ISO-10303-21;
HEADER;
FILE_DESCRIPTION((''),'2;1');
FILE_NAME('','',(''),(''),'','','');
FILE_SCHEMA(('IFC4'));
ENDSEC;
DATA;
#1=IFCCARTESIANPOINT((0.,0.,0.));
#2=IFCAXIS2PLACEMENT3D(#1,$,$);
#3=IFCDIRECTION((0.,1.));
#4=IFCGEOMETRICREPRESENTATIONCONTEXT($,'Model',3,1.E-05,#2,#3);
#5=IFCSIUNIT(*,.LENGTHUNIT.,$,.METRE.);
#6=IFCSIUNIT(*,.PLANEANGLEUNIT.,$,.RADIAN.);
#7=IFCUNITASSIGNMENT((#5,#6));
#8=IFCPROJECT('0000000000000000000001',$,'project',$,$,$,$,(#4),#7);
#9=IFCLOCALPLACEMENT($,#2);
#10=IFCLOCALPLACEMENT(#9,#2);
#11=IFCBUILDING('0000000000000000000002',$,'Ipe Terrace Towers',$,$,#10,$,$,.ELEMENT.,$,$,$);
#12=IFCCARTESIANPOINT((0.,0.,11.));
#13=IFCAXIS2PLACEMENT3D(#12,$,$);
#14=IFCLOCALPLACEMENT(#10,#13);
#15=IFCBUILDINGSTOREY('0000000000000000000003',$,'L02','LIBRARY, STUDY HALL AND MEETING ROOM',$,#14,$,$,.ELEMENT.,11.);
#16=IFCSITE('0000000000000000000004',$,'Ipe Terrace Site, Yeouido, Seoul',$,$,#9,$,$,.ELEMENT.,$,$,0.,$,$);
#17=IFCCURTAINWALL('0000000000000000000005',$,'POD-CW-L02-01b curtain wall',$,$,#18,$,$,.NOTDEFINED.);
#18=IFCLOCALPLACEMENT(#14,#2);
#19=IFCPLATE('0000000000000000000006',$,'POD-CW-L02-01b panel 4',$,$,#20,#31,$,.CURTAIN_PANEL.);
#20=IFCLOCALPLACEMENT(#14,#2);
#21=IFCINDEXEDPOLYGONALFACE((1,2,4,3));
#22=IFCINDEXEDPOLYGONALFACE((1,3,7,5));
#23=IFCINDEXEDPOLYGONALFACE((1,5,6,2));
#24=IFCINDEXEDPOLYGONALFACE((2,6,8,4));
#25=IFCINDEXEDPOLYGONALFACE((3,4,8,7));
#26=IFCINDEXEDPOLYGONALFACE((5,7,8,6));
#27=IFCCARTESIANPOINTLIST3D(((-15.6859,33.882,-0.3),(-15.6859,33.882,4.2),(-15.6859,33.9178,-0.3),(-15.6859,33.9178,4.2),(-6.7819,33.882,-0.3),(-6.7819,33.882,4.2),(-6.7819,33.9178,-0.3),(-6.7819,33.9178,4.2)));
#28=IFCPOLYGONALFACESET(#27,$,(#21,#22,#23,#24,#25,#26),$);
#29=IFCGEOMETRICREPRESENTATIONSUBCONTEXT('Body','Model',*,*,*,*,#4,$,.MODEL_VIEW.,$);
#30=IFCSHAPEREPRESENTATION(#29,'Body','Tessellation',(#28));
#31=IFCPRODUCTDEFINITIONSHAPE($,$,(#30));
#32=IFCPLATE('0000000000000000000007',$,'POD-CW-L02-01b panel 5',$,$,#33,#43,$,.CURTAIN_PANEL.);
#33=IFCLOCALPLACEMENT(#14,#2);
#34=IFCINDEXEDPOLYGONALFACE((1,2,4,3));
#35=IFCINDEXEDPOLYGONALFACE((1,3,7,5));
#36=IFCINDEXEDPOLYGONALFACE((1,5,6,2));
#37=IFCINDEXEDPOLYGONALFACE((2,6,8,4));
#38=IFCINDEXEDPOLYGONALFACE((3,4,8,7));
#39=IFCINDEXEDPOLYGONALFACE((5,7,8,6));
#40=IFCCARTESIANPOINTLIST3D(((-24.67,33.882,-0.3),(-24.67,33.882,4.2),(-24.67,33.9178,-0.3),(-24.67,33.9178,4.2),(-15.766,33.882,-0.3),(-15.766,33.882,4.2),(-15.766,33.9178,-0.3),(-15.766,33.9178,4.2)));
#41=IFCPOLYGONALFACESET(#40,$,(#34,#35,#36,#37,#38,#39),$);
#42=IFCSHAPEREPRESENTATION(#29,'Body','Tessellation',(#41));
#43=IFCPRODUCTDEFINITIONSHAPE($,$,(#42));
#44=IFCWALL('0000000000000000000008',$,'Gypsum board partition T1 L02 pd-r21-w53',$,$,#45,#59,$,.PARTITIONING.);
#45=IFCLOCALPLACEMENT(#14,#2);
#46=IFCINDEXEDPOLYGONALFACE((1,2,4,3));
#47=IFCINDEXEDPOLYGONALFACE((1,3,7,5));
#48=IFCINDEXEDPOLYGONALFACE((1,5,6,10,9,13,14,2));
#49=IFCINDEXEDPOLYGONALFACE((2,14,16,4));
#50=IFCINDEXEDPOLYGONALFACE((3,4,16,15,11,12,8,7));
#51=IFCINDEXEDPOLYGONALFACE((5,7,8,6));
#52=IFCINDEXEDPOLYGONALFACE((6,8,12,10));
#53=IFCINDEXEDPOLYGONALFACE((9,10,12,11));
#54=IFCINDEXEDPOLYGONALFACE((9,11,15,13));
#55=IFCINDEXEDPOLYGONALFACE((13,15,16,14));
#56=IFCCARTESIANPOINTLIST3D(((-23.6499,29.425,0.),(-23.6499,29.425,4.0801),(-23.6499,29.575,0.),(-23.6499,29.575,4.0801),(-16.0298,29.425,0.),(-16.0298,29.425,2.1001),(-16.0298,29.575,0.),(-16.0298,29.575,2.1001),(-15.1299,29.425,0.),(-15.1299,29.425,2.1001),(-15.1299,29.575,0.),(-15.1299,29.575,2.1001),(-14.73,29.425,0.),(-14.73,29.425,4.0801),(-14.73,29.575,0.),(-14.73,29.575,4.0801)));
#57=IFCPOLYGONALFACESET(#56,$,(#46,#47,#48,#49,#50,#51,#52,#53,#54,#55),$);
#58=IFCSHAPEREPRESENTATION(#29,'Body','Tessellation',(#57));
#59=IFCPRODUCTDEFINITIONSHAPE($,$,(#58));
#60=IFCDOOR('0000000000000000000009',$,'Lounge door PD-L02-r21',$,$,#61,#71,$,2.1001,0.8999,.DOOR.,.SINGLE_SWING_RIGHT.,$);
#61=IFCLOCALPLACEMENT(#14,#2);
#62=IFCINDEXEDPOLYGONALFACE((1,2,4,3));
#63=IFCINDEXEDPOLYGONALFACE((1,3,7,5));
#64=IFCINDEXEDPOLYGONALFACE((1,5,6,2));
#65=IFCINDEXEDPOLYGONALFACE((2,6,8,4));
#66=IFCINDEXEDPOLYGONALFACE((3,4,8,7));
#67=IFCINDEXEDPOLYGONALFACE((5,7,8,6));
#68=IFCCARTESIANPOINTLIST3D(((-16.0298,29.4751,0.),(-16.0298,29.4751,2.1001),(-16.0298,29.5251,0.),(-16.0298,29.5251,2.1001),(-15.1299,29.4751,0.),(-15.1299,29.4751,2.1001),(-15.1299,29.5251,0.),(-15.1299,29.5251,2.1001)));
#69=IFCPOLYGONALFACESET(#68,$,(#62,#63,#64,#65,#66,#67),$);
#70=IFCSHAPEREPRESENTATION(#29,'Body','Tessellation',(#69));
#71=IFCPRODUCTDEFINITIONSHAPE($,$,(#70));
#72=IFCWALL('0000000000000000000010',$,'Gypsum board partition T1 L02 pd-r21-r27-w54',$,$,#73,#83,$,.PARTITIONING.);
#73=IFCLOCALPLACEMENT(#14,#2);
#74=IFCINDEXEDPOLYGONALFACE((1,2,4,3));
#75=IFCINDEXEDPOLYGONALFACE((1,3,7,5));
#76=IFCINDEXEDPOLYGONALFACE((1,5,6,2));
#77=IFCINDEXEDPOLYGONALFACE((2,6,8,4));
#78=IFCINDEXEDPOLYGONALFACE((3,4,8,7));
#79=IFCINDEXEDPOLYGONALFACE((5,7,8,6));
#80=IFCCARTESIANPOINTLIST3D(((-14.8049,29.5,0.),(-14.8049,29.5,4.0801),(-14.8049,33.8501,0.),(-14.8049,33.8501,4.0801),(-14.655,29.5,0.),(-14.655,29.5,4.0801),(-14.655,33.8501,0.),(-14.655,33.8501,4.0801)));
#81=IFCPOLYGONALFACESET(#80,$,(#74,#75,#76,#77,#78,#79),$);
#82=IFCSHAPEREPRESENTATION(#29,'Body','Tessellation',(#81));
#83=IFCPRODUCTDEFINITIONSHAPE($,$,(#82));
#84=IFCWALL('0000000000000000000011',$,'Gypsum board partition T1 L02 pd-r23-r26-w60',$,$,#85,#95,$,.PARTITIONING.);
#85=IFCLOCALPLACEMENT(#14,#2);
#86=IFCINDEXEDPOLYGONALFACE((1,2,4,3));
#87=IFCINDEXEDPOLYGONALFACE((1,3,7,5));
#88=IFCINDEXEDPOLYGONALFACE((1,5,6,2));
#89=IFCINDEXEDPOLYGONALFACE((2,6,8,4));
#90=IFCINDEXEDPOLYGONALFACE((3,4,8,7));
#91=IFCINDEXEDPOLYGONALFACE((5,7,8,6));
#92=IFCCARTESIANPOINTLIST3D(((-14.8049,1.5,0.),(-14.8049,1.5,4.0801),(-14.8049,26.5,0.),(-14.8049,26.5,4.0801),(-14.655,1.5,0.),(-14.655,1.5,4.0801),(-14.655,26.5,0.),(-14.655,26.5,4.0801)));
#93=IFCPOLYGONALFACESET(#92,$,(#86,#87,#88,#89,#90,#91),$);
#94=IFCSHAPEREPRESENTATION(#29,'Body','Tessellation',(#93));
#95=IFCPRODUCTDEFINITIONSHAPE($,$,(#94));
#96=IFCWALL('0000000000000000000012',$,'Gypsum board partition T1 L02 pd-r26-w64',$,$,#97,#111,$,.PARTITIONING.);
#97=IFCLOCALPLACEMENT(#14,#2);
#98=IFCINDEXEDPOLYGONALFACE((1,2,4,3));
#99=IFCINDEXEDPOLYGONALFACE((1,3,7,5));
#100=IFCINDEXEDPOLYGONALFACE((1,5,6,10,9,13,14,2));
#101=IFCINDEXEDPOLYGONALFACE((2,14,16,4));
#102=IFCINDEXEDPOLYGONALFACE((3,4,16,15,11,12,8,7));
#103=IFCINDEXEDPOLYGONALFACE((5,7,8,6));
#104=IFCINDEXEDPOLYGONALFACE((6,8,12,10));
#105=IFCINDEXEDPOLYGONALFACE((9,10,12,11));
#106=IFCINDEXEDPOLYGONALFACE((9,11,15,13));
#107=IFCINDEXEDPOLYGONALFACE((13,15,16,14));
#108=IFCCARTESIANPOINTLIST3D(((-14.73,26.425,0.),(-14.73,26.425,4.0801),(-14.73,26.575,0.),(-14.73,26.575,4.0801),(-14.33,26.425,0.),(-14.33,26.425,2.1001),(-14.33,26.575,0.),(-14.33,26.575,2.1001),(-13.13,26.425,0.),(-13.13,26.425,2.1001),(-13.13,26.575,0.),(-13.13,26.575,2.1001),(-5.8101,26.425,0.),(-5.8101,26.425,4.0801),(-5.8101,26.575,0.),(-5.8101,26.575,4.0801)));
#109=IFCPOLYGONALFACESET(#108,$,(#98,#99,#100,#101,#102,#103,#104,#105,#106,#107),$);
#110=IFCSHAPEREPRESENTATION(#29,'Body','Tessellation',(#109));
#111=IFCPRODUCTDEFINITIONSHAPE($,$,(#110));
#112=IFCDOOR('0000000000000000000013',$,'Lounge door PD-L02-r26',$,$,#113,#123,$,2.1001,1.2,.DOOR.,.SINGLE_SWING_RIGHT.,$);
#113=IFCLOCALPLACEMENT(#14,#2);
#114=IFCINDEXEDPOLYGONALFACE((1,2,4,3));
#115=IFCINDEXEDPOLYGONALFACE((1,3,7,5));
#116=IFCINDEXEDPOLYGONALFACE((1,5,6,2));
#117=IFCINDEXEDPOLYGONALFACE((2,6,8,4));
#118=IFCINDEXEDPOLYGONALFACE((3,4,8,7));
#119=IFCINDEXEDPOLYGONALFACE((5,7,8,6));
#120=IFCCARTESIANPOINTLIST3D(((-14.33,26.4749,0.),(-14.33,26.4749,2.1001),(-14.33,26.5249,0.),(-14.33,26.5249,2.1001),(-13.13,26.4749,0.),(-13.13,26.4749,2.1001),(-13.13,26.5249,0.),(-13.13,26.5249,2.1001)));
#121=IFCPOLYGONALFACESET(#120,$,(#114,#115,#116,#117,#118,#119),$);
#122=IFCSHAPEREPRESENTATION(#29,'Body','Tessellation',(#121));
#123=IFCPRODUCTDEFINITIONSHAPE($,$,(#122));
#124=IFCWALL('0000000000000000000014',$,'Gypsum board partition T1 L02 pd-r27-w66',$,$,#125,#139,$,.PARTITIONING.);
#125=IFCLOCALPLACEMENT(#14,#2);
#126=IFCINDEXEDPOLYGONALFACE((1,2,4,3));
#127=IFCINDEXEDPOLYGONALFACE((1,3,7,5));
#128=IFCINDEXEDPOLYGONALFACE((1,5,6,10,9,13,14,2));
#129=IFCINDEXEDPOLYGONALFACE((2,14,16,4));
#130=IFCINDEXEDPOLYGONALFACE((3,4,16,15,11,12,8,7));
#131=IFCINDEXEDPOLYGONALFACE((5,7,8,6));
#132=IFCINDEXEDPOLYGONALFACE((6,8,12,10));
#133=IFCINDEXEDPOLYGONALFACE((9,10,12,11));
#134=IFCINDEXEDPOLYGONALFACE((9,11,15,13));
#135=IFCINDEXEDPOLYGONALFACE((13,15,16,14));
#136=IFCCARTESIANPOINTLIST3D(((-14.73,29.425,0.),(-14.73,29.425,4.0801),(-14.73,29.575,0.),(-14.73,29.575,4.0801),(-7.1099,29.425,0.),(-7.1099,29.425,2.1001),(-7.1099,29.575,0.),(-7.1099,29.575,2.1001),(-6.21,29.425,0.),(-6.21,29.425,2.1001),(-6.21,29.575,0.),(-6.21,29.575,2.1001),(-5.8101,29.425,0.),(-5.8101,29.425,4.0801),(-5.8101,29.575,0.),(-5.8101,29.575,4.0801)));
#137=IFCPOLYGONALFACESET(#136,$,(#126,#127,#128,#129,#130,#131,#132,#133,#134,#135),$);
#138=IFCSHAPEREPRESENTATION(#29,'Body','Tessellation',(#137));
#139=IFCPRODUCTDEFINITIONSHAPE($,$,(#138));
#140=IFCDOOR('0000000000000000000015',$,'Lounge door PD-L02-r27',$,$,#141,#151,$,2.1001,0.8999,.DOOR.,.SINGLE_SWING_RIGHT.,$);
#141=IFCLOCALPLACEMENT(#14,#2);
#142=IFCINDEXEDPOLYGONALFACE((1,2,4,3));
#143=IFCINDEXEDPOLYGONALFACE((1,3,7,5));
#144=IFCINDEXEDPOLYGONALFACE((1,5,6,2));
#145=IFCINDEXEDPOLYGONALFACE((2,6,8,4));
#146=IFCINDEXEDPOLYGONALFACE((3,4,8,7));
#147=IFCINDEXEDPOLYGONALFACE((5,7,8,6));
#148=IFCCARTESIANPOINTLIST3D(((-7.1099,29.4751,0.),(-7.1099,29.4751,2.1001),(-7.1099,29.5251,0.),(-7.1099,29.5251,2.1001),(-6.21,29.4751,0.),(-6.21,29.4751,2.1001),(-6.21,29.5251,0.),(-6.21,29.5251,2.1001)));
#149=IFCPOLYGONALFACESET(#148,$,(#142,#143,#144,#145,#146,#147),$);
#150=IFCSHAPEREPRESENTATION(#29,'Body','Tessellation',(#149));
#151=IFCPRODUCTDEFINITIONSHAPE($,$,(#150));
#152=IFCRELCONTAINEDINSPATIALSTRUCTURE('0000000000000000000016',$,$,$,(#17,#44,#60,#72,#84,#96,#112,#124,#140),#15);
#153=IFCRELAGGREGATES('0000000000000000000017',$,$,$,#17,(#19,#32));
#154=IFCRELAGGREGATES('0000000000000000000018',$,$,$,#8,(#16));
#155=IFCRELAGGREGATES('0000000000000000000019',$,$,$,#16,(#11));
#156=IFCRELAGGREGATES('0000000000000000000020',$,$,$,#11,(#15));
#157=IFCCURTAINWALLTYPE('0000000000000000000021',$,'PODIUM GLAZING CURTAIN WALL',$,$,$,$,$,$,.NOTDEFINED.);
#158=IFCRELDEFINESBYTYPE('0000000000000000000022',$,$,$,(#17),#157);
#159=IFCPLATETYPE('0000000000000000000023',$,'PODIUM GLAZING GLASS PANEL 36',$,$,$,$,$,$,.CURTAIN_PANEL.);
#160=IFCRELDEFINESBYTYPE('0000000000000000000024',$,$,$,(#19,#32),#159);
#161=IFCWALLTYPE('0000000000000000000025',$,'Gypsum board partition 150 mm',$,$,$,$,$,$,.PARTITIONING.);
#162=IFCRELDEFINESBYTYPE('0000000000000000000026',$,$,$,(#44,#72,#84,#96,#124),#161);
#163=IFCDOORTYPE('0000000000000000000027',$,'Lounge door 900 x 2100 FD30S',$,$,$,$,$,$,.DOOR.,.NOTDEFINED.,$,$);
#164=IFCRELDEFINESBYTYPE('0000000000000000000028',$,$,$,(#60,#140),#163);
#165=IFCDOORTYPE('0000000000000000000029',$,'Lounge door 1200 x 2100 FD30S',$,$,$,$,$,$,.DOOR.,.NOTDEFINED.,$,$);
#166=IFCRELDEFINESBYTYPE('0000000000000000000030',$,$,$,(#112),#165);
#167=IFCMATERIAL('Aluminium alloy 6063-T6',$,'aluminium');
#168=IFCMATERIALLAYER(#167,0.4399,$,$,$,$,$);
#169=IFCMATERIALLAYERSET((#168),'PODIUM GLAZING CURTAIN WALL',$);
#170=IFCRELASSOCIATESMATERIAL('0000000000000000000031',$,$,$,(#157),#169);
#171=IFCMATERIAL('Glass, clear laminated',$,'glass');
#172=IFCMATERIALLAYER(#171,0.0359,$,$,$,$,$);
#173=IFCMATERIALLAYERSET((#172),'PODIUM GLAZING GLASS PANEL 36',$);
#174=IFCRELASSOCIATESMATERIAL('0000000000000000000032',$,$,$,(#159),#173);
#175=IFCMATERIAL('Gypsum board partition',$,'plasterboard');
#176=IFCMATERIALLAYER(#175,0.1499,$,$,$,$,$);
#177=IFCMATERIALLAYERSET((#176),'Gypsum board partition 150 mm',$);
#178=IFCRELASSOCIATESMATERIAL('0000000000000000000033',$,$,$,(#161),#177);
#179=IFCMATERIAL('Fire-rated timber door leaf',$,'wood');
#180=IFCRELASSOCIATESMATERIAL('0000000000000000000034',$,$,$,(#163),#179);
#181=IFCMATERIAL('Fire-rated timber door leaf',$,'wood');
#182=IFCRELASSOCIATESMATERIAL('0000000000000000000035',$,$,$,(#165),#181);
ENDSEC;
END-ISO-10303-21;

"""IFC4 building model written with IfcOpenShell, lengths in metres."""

from ifc_helpers import new_model, si_unit, direction, frame, frame_2d, origin, origin_2d, place, context, subcontext, project, spatial, rectangle, extrude, material, layer, layer_set, type_object, element, fill, aggregate, save


model = new_model("IFC4")

# Units and contexts
model_context = context("Model", 3, precision=1e-05, world=origin(), true_north=direction((0.0, 1.0)))
body_context = subcontext(model_context, "Body", "Model", "MODEL_VIEW")
ifc_project = project(units=[si_unit("LENGTHUNIT", "METRE"), si_unit("PLANEANGLEUNIT", "RADIAN")], contexts=[model_context])

# Site, building, storey
site_placement = place(None, origin())
site = spatial("IfcSite", under=ifc_project, at=site_placement, Name="Ipe Terrace Site, Yeouido, Seoul", CompositionType="ELEMENT", RefElevation=0.0)
building_placement = place(site_placement, origin())
building = spatial("IfcBuilding", under=site, at=building_placement, Name="Ipe Terrace Towers", CompositionType="ELEMENT")
storey_placement = place(building_placement, frame((0.0, 0.0, 11.0)))
storey = spatial("IfcBuildingStorey", under=building, at=storey_placement, Name="L02", Description="LIBRARY, STUDY HALL AND MEETING ROOM", CompositionType="ELEMENT", Elevation=11.0)

# Curtain wall, plates
ifc_material_1 = material(Name="Aluminium alloy 6063-T6", Category="aluminium")
ifc_layer_1 = layer(ifc_material_1, 0.4399)
ifc_layer_set_1 = layer_set([ifc_layer_1], Name="PODIUM GLAZING CURTAIN WALL")
curtain_wall_type = type_object("IfcCurtainWallType", Name="PODIUM GLAZING CURTAIN WALL", PredefinedType="NOTDEFINED", material=ifc_layer_set_1)
curtain_wall_placement = place(storey_placement, origin())
curtain_wall = element("IfcCurtainWall", 1, at=curtain_wall_placement, inside=storey, type_object=curtain_wall_type, Name="POD-CW-L02-01b curtain wall", PredefinedType="NOTDEFINED")
ifc_material_2 = material(Name="Glass, clear laminated", Category="glass")
ifc_layer_2 = layer(ifc_material_2, 0.0359)
ifc_layer_set_2 = layer_set([ifc_layer_2], Name="PODIUM GLAZING GLASS PANEL 36")
plate_type = type_object("IfcPlateType", Name="PODIUM GLAZING GLASS PANEL 36", PredefinedType="CURTAIN_PANEL", material=ifc_layer_set_2)
plate_1_placement = place(storey_placement, frame((-11.2339, 33.8999, -0.3), z_axis=(0.0, 0.0, 1.0), x_axis=(-1.0, 0.0, 0.0)))
plate_1 = element("IfcPlate", 2, at=plate_1_placement, type_object=plate_type, Name="POD-CW-L02-01b panel 4", PredefinedType="CURTAIN_PANEL", context=body_context, shape_type="SweptSolid", body=[
    extrude(rectangle(XDim=8.9041, YDim=0.0359, at=origin_2d()), origin(), (0.0, 0.0, 1.0), 4.5),
])
plate_2_placement = place(storey_placement, frame((-20.218, 33.8999, -0.3), z_axis=(0.0, 0.0, 1.0), x_axis=(-1.0, 0.0, 0.0)))
plate_2 = element("IfcPlate", 3, at=plate_2_placement, type_object=plate_type, Name="POD-CW-L02-01b panel 5", PredefinedType="CURTAIN_PANEL", context=body_context, shape_type="SweptSolid", body=[
    extrude(rectangle(XDim=8.9041, YDim=0.0359, at=origin_2d()), origin(), (0.0, 0.0, 1.0), 4.5),
])
aggregate(curtain_wall, [plate_1, plate_2])

# Wall, opening, door
ifc_material_3 = material(Name="Gypsum board partition", Category="plasterboard")
ifc_layer_3 = layer(ifc_material_3, 0.1499)
ifc_layer_set_3 = layer_set([ifc_layer_3], Name="Gypsum board partition 150 mm")
wall_type_1 = type_object("IfcWallType", Name="Gypsum board partition 150 mm", PredefinedType="PARTITIONING", material=ifc_layer_set_3)
wall_1_placement = place(storey_placement, frame((-14.73, 29.5, 0.0), z_axis=(0.0, 0.0, 1.0), x_axis=(-1.0, 0.0, 0.0)))
wall_1 = element("IfcWall", 4, at=wall_1_placement, inside=storey, type_object=wall_type_1, Name="Gypsum board partition T1 L02 pd-r21-w53", PredefinedType="PARTITIONING", context=body_context, shape_type="SweptSolid", body=[
    extrude(rectangle(XDim=8.9199, YDim=0.1499, at=frame_2d((4.46, 0.0))), origin(), (0.0, 0.0, 1.0), 4.0801),
])
opening_1_placement = place(wall_1_placement, frame((0.3999, 0.0, 0.0)))
opening_1 = element("IfcOpeningElement", 5, at=opening_1_placement, cuts=wall_1, PredefinedType="OPENING", context=body_context, shape_type="SweptSolid", body=[
    extrude(rectangle(XDim=0.8999, YDim=2.1001, at=frame_2d((0.45, 1.05))), frame((0.0, 0.085, 0.0), z_axis=(0.0, -1.0, 0.0), x_axis=(1.0, 0.0, 0.0)), (0.0, 0.0, 1.0), 0.1699),
])
ifc_material_4 = material(Name="Fire-rated timber door leaf", Category="wood")
door_type_1 = type_object("IfcDoorType", Name="Lounge door 900 x 2100 FD30S", OperationType="NOTDEFINED", PredefinedType="DOOR", material=ifc_material_4)
door_1_placement = place(opening_1_placement, origin())
door_1 = element("IfcDoor", 6, at=door_1_placement, inside=storey, type_object=door_type_1, Name="Lounge door PD-L02-r21", OperationType="SINGLE_SWING_RIGHT", OverallHeight=2.1001, OverallWidth=0.8999, PredefinedType="DOOR", context=body_context, shape_type="SweptSolid", body=[
    extrude(rectangle(XDim=0.8999, YDim=2.1001, at=frame_2d((0.45, 1.05))), frame((0.0, 0.0249, 0.0), z_axis=(0.0, -1.0, 0.0), x_axis=(1.0, 0.0, 0.0)), (0.0, 0.0, 1.0), 0.05),
])
fill(opening_1, door_1)

# Walls
wall_2_placement = place(storey_placement, frame((-14.73, 33.8501, 0.0), z_axis=(0.0, 0.0, 1.0), x_axis=(0.0, -1.0, 0.0)))
element("IfcWall", 7, at=wall_2_placement, inside=storey, type_object=wall_type_1, Name="Gypsum board partition T1 L02 pd-r21-r27-w54", PredefinedType="PARTITIONING", context=body_context, shape_type="SweptSolid", body=[
    extrude(rectangle(XDim=4.3501, YDim=0.1499, at=frame_2d((2.175, 0.0))), origin(), (0.0, 0.0, 1.0), 4.0801),
])
wall_3_placement = place(storey_placement, frame((-14.73, 26.5, 0.0), z_axis=(0.0, 0.0, 1.0), x_axis=(0.0, -1.0, 0.0)))
element("IfcWall", 8, at=wall_3_placement, inside=storey, type_object=wall_type_1, Name="Gypsum board partition T1 L02 pd-r23-r26-w60", PredefinedType="PARTITIONING", context=body_context, shape_type="SweptSolid", body=[
    extrude(rectangle(XDim=25.0, YDim=0.1499, at=frame_2d((12.5, 0.0))), origin(), (0.0, 0.0, 1.0), 4.0801),
])

# Walls, openings, doors
wall_4_placement = place(storey_placement, frame((-14.73, 26.5, 0.0), z_axis=(0.0, 0.0, 1.0), x_axis=(1.0, 0.0, 0.0)))
wall_4 = element("IfcWall", 9, at=wall_4_placement, inside=storey, type_object=wall_type_1, Name="Gypsum board partition T1 L02 pd-r26-w64", PredefinedType="PARTITIONING", context=body_context, shape_type="SweptSolid", body=[
    extrude(rectangle(XDim=8.9199, YDim=0.1499, at=frame_2d((4.46, 0.0))), origin(), (0.0, 0.0, 1.0), 4.0801),
])
opening_2_placement = place(wall_4_placement, frame((0.3999, 0.0, 0.0)))
opening_2 = element("IfcOpeningElement", 10, at=opening_2_placement, cuts=wall_4, PredefinedType="OPENING", context=body_context, shape_type="SweptSolid", body=[
    extrude(rectangle(XDim=1.2, YDim=2.1001, at=frame_2d((0.6001, 1.05))), frame((0.0, 0.085, 0.0), z_axis=(0.0, -1.0, 0.0), x_axis=(1.0, 0.0, 0.0)), (0.0, 0.0, 1.0), 0.1699),
])
ifc_material_5 = material(Name="Fire-rated timber door leaf", Category="wood")
door_type_2 = type_object("IfcDoorType", Name="Lounge door 1200 x 2100 FD30S", OperationType="NOTDEFINED", PredefinedType="DOOR", material=ifc_material_5)
door_2_placement = place(opening_2_placement, origin())
door_2 = element("IfcDoor", 11, at=door_2_placement, inside=storey, type_object=door_type_2, Name="Lounge door PD-L02-r26", OperationType="SINGLE_SWING_RIGHT", OverallHeight=2.1001, OverallWidth=1.2, PredefinedType="DOOR", context=body_context, shape_type="SweptSolid", body=[
    extrude(rectangle(XDim=1.2, YDim=2.1001, at=frame_2d((0.6001, 1.05))), frame((0.0, 0.0249, 0.0), z_axis=(0.0, -1.0, 0.0), x_axis=(1.0, 0.0, 0.0)), (0.0, 0.0, 1.0), 0.05),
])
fill(opening_2, door_2)
wall_5_placement = place(storey_placement, frame((-5.8101, 29.5, 0.0), z_axis=(0.0, 0.0, 1.0), x_axis=(-1.0, 0.0, 0.0)))
wall_5 = element("IfcWall", 12, at=wall_5_placement, inside=storey, type_object=wall_type_1, Name="Gypsum board partition T1 L02 pd-r27-w66", PredefinedType="PARTITIONING", context=body_context, shape_type="SweptSolid", body=[
    extrude(rectangle(XDim=8.9199, YDim=0.1499, at=frame_2d((4.46, 0.0))), origin(), (0.0, 0.0, 1.0), 4.0801),
])
opening_3_placement = place(wall_5_placement, frame((0.3999, 0.0, 0.0)))
opening_3 = element("IfcOpeningElement", 13, at=opening_3_placement, cuts=wall_5, PredefinedType="OPENING", context=body_context, shape_type="SweptSolid", body=[
    extrude(rectangle(XDim=0.8999, YDim=2.1001, at=frame_2d((0.45, 1.05))), frame((0.0, 0.085, 0.0), z_axis=(0.0, -1.0, 0.0), x_axis=(1.0, 0.0, 0.0)), (0.0, 0.0, 1.0), 0.1699),
])
door_3_placement = place(opening_3_placement, origin())
door_3 = element("IfcDoor", 14, at=door_3_placement, inside=storey, type_object=door_type_1, Name="Lounge door PD-L02-r27", OperationType="SINGLE_SWING_RIGHT", OverallHeight=2.1001, OverallWidth=0.8999, PredefinedType="DOOR", context=body_context, shape_type="SweptSolid", body=[
    extrude(rectangle(XDim=0.8999, YDim=2.1001, at=frame_2d((0.45, 1.05))), frame((0.0, 0.0249, 0.0), z_axis=(0.0, -1.0, 0.0), x_axis=(1.0, 0.0, 0.0)), (0.0, 0.0, 1.0), 0.05),
])
fill(opening_3, door_3)

save(model, "model.ifc")
